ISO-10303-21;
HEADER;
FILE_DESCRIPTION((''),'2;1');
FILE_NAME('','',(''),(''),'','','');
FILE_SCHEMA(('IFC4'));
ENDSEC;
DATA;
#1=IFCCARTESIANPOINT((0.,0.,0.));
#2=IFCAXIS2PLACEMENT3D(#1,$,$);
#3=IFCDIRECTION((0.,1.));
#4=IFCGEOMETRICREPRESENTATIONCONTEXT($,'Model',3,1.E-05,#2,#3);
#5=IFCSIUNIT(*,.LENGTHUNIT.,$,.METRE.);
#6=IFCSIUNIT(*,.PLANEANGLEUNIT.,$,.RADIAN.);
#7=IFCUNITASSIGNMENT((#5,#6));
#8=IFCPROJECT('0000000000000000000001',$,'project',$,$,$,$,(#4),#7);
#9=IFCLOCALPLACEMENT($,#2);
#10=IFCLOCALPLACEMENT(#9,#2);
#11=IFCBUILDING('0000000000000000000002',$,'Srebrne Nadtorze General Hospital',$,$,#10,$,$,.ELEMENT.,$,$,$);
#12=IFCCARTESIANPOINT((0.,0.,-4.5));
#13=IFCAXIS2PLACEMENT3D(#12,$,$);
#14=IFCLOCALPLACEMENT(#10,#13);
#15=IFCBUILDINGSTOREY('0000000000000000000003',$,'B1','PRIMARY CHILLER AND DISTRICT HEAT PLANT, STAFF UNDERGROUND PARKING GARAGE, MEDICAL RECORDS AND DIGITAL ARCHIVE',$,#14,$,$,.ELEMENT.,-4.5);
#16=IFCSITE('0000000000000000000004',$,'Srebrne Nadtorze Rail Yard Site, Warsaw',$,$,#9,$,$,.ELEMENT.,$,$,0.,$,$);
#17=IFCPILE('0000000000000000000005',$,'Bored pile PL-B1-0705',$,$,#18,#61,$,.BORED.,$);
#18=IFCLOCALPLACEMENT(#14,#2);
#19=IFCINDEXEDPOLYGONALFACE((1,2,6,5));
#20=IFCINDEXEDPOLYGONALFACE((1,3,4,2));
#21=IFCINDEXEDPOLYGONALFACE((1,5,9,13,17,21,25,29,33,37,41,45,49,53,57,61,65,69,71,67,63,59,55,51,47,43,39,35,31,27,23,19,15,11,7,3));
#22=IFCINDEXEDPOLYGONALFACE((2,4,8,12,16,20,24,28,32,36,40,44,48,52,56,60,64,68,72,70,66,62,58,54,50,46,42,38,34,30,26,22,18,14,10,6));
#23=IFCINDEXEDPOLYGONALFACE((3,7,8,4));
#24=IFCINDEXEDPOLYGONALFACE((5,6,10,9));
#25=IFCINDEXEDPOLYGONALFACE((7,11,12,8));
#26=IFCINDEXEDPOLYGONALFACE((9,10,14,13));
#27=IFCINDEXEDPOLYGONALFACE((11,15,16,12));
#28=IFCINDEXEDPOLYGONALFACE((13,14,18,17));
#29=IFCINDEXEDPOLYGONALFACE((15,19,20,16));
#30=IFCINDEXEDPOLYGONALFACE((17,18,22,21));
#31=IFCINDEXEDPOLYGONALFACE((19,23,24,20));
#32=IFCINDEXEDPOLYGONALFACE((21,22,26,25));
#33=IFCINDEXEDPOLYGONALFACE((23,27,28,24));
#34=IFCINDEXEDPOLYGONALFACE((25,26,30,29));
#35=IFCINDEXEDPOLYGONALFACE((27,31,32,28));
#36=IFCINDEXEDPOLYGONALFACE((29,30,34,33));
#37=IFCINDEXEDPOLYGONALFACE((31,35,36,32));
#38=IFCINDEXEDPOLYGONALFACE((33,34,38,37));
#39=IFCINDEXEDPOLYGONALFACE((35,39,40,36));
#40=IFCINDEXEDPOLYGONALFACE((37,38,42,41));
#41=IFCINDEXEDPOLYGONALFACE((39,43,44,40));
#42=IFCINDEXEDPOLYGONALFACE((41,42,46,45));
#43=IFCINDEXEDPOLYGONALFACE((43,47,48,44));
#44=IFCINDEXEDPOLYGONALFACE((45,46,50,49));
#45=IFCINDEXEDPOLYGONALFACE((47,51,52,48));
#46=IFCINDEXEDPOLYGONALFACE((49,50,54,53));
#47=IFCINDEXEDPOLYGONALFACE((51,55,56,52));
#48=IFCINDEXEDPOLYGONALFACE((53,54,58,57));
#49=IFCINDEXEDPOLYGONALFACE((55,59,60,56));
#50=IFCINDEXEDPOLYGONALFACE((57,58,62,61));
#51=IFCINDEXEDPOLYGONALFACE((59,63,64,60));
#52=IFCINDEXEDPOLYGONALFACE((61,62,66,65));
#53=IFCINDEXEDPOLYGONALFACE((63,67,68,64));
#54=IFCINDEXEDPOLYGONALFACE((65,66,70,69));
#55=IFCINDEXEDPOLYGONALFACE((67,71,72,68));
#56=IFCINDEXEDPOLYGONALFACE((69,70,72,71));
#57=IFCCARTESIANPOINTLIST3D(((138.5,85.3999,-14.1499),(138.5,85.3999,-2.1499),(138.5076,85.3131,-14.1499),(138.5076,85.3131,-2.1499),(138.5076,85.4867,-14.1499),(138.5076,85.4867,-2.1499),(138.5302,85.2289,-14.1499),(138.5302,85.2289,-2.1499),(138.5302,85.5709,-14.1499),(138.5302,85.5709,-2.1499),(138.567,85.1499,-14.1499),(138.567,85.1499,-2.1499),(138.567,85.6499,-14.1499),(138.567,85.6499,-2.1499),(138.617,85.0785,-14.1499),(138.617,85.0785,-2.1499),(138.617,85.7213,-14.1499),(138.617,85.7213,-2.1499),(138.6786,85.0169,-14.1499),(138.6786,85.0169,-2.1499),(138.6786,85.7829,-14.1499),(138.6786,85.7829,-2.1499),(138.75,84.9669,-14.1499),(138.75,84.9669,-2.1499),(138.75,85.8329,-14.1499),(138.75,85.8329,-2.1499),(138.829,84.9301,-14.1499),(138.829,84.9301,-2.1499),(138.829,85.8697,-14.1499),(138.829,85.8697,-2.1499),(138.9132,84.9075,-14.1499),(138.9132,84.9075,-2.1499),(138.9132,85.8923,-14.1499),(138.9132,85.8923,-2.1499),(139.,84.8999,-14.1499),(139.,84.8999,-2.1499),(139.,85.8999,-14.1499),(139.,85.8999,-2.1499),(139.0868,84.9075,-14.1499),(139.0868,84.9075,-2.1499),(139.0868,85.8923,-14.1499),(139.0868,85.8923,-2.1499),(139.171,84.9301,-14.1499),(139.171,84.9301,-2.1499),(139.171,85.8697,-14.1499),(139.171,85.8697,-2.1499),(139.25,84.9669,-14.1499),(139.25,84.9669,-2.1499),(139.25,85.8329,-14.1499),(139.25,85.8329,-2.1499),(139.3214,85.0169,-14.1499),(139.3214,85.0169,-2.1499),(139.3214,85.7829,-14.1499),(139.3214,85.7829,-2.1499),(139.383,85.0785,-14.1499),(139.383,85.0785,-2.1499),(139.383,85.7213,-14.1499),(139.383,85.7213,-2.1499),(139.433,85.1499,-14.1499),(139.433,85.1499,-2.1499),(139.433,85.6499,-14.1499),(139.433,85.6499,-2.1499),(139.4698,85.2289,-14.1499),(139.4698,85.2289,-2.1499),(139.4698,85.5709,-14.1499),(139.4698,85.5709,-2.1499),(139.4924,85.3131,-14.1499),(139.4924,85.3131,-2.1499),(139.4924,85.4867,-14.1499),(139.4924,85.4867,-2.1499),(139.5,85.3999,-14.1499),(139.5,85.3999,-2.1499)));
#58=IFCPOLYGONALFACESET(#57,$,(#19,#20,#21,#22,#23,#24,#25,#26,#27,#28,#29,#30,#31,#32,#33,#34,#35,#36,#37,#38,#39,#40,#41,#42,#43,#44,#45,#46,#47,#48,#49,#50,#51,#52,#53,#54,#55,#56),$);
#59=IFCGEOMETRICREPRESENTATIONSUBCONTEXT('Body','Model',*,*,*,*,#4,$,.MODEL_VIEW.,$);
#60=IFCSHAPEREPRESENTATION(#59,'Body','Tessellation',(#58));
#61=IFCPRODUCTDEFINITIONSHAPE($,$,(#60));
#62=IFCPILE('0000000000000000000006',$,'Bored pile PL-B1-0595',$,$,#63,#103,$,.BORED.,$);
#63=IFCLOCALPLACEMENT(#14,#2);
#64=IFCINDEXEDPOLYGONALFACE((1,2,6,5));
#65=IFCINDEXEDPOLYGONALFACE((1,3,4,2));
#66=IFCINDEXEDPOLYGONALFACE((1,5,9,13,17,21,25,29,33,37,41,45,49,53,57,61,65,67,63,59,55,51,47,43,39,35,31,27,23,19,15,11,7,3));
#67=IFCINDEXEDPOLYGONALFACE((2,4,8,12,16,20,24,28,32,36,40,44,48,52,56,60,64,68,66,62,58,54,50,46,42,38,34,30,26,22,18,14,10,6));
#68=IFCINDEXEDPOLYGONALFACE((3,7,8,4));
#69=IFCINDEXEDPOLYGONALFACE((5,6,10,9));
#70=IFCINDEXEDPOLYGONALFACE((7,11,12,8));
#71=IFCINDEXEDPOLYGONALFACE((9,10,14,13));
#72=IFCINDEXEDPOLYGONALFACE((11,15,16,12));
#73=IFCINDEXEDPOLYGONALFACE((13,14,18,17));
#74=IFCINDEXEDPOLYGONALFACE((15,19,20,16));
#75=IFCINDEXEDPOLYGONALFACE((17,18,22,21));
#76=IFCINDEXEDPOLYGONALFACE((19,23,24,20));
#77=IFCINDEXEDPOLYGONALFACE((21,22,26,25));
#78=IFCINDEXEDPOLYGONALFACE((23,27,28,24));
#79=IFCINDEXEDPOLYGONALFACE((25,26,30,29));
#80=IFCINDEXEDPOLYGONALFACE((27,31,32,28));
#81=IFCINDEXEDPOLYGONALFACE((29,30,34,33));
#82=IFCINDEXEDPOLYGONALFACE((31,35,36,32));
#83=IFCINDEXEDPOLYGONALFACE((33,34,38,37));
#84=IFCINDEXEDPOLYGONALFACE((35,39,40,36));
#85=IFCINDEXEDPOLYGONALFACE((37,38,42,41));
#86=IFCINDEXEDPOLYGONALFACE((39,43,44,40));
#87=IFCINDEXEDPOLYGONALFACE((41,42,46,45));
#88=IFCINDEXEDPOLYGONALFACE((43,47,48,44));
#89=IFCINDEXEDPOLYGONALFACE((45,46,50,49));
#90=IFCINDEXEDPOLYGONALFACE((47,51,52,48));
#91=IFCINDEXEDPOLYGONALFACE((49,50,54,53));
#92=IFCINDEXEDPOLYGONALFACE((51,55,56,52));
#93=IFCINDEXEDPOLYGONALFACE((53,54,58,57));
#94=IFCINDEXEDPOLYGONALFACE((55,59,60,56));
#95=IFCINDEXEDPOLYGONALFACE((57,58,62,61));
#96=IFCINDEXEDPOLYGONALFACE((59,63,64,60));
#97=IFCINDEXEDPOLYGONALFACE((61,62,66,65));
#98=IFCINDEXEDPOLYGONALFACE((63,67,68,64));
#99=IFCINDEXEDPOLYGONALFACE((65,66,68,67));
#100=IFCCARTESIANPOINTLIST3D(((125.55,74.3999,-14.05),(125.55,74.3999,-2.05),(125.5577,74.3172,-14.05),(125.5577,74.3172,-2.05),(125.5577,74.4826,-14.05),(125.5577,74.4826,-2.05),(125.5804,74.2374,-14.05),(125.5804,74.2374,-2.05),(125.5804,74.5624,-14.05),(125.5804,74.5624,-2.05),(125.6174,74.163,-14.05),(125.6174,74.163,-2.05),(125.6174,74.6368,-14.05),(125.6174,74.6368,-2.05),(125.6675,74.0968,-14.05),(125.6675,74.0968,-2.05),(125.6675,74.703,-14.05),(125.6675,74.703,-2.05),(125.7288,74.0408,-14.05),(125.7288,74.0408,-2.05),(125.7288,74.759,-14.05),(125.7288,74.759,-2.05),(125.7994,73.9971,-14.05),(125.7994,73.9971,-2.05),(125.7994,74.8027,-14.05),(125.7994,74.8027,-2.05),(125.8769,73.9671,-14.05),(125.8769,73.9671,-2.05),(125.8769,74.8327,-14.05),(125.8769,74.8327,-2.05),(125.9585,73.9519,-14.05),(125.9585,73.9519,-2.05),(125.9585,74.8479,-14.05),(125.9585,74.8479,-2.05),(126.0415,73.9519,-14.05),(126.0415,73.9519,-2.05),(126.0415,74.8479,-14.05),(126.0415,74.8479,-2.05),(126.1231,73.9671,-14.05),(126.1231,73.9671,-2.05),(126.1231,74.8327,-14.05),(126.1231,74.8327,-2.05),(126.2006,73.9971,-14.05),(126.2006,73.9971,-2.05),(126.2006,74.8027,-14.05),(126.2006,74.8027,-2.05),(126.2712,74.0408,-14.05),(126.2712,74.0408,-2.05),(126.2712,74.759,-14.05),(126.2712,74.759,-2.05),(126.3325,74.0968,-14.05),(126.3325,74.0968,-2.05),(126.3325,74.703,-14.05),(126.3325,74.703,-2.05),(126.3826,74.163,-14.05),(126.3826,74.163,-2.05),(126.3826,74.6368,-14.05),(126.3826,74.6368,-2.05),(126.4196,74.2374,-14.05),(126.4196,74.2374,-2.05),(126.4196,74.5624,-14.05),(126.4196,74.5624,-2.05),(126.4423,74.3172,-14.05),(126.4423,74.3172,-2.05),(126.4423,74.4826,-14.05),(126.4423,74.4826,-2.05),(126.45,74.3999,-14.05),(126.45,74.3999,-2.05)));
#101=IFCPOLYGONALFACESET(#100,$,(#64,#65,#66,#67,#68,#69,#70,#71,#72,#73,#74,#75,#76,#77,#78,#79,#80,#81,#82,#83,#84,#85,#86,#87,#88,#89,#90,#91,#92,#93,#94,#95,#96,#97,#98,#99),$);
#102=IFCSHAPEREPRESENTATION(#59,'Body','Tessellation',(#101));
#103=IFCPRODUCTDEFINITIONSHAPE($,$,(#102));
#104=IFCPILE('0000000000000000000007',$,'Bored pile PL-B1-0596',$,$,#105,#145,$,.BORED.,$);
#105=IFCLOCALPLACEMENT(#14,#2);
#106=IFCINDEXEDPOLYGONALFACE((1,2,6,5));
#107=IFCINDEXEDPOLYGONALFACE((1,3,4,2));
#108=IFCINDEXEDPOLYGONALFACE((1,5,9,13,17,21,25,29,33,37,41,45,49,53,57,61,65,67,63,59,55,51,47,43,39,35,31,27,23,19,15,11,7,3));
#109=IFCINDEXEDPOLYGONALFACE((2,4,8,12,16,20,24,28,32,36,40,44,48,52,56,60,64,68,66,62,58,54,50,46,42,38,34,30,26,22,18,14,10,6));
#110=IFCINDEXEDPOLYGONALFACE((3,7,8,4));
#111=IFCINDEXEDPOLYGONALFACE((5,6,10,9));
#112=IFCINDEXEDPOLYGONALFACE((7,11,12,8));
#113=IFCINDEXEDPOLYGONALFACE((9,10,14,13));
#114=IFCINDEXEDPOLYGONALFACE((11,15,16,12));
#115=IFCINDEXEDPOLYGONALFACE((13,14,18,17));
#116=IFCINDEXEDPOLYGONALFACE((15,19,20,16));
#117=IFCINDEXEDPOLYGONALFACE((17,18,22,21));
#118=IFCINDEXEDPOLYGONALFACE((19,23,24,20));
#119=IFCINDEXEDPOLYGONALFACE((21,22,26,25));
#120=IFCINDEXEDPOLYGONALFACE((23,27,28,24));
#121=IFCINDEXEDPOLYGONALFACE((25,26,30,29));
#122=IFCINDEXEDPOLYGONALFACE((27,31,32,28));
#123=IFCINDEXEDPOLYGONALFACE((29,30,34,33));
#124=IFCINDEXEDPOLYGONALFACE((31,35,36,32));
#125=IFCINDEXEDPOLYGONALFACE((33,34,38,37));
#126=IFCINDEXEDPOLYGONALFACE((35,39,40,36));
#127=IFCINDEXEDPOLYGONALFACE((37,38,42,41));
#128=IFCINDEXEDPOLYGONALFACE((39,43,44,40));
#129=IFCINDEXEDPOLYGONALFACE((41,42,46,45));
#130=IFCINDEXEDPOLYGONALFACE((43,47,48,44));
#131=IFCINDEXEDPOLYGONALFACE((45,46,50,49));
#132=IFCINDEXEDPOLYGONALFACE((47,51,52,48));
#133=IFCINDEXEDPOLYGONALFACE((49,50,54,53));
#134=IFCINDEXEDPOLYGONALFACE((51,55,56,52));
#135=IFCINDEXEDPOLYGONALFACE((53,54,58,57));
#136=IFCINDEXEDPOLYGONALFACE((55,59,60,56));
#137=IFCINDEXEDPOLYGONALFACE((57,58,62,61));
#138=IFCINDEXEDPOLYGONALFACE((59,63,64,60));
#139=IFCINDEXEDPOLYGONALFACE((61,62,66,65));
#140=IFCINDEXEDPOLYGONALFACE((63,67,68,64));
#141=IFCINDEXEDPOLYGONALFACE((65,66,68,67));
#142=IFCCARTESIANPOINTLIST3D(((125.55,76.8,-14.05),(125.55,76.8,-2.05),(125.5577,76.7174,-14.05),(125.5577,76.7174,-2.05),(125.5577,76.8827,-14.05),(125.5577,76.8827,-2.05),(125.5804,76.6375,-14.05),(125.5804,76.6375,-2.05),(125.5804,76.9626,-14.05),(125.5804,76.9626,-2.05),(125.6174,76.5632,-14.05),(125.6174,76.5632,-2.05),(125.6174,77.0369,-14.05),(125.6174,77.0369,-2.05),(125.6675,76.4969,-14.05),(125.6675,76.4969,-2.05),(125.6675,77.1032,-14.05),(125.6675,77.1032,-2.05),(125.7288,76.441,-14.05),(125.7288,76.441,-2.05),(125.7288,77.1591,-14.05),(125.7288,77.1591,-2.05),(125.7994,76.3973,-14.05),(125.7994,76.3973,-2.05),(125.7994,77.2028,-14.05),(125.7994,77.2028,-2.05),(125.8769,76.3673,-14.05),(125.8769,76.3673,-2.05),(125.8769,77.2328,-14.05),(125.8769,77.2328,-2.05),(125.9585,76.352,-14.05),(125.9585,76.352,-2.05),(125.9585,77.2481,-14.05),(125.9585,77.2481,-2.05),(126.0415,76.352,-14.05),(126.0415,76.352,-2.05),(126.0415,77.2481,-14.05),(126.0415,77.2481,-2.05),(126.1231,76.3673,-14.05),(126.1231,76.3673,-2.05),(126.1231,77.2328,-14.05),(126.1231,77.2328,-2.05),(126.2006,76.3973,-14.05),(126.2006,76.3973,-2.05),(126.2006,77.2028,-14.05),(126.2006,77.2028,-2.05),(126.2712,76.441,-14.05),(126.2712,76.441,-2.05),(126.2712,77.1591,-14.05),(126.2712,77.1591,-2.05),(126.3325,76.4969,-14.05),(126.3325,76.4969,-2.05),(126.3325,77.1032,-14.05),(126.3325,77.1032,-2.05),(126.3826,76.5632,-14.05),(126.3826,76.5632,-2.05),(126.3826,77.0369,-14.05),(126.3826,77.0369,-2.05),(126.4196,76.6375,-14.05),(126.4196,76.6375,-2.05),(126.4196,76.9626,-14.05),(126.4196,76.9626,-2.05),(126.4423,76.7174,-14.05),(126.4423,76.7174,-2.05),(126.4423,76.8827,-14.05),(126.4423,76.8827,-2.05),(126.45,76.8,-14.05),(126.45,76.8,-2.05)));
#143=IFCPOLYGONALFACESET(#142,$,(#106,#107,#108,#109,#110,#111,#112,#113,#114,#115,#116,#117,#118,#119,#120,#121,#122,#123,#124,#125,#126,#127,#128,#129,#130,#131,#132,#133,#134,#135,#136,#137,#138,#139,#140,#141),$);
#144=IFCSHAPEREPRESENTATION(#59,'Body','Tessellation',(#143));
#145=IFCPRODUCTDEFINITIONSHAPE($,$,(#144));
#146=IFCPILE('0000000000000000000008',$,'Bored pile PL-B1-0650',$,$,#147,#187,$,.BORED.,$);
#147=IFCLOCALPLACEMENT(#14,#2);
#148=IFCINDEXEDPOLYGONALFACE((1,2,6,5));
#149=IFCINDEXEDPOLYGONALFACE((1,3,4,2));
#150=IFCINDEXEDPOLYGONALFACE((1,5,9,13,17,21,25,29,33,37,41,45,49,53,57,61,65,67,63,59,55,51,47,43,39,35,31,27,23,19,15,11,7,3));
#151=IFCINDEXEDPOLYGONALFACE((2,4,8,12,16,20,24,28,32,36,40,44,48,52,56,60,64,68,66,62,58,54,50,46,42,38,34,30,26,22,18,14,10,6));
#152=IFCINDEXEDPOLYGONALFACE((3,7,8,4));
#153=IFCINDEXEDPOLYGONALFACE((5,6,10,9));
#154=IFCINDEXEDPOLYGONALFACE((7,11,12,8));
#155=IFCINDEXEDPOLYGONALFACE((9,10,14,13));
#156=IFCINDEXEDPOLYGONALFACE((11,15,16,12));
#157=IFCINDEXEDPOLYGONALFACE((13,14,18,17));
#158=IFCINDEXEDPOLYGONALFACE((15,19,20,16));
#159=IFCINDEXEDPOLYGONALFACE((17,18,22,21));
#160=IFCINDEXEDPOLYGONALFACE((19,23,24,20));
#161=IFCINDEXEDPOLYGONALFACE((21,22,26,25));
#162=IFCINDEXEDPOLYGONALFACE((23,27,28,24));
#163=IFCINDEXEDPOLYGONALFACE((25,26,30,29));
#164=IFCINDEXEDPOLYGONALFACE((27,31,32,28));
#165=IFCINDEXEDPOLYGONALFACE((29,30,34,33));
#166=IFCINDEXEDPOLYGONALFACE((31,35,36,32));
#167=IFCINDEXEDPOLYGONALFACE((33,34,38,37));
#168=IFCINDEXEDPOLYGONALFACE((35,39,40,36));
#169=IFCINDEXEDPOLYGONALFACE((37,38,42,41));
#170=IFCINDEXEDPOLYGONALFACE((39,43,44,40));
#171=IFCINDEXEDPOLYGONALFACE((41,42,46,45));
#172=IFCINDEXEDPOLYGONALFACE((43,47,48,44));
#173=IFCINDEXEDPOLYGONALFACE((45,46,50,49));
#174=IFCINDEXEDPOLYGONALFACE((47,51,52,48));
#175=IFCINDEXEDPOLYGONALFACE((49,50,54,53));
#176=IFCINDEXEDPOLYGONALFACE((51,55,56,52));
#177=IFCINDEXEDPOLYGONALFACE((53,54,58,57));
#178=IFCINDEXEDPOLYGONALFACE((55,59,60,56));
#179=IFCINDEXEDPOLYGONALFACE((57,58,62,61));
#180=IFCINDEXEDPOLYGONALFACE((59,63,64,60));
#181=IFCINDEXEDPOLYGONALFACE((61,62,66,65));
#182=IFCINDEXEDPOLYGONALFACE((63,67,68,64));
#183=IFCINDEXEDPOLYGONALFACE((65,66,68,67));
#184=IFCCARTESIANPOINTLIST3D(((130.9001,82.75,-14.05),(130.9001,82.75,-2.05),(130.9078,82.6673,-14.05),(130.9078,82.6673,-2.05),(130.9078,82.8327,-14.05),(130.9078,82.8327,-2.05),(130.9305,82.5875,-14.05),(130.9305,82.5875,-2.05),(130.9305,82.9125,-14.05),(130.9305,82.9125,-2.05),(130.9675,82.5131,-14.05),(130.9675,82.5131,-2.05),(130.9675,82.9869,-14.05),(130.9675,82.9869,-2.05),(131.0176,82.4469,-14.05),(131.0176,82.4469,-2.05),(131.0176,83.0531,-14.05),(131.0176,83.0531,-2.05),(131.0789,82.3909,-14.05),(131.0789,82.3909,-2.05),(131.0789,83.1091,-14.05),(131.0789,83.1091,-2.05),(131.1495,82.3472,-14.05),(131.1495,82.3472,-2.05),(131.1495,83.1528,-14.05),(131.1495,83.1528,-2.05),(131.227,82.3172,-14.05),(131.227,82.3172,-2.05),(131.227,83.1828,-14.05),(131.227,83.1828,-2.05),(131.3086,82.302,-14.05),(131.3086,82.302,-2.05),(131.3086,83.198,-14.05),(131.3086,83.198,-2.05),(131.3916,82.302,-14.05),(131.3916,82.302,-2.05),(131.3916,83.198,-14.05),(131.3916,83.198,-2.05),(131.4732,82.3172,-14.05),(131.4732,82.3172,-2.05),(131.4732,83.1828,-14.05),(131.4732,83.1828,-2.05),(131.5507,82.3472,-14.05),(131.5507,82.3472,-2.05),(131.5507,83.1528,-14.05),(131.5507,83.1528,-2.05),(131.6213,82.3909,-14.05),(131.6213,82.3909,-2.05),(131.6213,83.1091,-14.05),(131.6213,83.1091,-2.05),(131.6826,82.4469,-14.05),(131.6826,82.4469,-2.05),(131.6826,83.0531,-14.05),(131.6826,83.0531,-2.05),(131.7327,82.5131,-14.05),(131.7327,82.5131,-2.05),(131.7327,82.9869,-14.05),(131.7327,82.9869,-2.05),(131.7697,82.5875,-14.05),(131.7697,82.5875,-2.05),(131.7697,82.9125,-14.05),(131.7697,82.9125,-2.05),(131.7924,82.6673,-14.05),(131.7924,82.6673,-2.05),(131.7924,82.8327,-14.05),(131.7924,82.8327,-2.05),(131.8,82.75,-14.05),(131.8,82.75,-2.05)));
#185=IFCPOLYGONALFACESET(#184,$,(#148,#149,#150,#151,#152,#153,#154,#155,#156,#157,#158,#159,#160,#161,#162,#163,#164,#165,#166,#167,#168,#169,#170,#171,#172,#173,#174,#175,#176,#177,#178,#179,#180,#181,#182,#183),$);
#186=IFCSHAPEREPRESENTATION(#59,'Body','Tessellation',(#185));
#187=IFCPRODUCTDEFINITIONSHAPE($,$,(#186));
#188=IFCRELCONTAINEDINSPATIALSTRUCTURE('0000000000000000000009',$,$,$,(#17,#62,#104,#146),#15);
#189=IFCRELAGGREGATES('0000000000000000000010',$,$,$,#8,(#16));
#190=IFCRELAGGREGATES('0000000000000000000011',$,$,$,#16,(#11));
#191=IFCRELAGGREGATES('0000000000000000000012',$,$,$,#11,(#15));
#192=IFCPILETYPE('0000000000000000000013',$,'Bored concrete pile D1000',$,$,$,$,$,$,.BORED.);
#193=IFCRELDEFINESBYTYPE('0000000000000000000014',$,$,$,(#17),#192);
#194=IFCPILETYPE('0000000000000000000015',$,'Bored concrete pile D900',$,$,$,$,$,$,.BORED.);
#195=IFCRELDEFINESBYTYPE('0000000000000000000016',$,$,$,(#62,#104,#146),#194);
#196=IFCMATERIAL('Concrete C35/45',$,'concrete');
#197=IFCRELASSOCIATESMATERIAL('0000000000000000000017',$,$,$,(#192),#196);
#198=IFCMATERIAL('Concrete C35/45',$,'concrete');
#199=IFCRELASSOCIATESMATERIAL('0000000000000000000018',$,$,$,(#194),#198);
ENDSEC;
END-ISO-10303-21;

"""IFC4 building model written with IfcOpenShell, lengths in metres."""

from ifc_helpers import new_model, si_unit, direction, frame, origin, origin_2d, place, context, subcontext, project, spatial, circle, extrude, material, material_profile, profile_set, type_object, element, save


model = new_model("IFC4")

# Units and contexts
model_context = context("Model", 3, precision=1e-05, world=origin(), true_north=direction((0.0, 1.0)))
body_context = subcontext(model_context, "Body", "Model", "MODEL_VIEW")
ifc_project = project(units=[si_unit("LENGTHUNIT", "METRE"), si_unit("PLANEANGLEUNIT", "RADIAN")], contexts=[model_context])

# Site, building, storey
site_placement = place(None, origin())
site = spatial("IfcSite", under=ifc_project, at=site_placement, Name="Srebrne Nadtorze Rail Yard Site, Warsaw", CompositionType="ELEMENT", RefElevation=0.0)
building_placement = place(site_placement, origin())
building = spatial("IfcBuilding", under=site, at=building_placement, Name="Srebrne Nadtorze General Hospital", CompositionType="ELEMENT")
storey_placement = place(building_placement, frame((0.0, 0.0, -4.5)))
storey = spatial("IfcBuildingStorey", under=building, at=storey_placement, Name="B1", Description="PRIMARY CHILLER AND DISTRICT HEAT PLANT, STAFF UNDERGROUND PARKING GARAGE, MEDICAL RECORDS AND DIGITAL ARCHIVE", CompositionType="ELEMENT", Elevation=-4.5)

# Piles
ifc_material_1 = material(Name="Concrete C35/45", Category="concrete")
ifc_material_profile_1 = material_profile(ifc_material_1, circle(Radius=0.5, at=origin_2d()), Name="PILE-D1000")
ifc_profile_set_1 = profile_set([ifc_material_profile_1], Name="Concrete C35/45")
pile_type_1 = type_object("IfcPileType", Name="Bored concrete pile D1000", PredefinedType="BORED", material=ifc_profile_set_1)
for number, where, z_axis, x_axis, name in (
    (1, (139.0, 85.3999, -2.1499), (0.0, 0.0, -1.0), (1.0, 0.0, 0.0), "Bored pile PL-B1-0705"),
):
    element("IfcPile", number, at=place(storey_placement, frame(where, z_axis=z_axis, x_axis=x_axis)), inside=storey, type_object=pile_type_1, Name=name, PredefinedType="BORED", context=body_context, shape_type="SweptSolid", body=[
        extrude(circle(Radius=0.5, at=origin_2d()), origin(), (0.0, 0.0, 1.0), 12.0),
    ])
ifc_material_2 = material(Name="Concrete C35/45", Category="concrete")
ifc_material_profile_2 = material_profile(ifc_material_2, circle(Radius=0.45, at=origin_2d()), Name="PILE-D900")
ifc_profile_set_2 = profile_set([ifc_material_profile_2], Name="Concrete C35/45")
pile_type_2 = type_object("IfcPileType", Name="Bored concrete pile D900", PredefinedType="BORED", material=ifc_profile_set_2)
for number, where, z_axis, x_axis, name in (
    (2, (126.0, 74.3999, -2.05), (0.0, 0.0, -1.0), (1.0, 0.0, 0.0), "Bored pile PL-B1-0595"),
    (3, (126.0, 76.8, -2.05), (0.0, 0.0, -1.0), (1.0, 0.0, 0.0), "Bored pile PL-B1-0596"),
    (4, (131.3501, 82.75, -2.05), (0.0, 0.0, -1.0), (1.0, 0.0, 0.0), "Bored pile PL-B1-0650"),
):
    element("IfcPile", number, at=place(storey_placement, frame(where, z_axis=z_axis, x_axis=x_axis)), inside=storey, type_object=pile_type_2, Name=name, PredefinedType="BORED", context=body_context, shape_type="SweptSolid", body=[
        extrude(circle(Radius=0.45, at=origin_2d()), origin(), (0.0, 0.0, 1.0), 12.0),
    ])

save(model, "model.ifc")
